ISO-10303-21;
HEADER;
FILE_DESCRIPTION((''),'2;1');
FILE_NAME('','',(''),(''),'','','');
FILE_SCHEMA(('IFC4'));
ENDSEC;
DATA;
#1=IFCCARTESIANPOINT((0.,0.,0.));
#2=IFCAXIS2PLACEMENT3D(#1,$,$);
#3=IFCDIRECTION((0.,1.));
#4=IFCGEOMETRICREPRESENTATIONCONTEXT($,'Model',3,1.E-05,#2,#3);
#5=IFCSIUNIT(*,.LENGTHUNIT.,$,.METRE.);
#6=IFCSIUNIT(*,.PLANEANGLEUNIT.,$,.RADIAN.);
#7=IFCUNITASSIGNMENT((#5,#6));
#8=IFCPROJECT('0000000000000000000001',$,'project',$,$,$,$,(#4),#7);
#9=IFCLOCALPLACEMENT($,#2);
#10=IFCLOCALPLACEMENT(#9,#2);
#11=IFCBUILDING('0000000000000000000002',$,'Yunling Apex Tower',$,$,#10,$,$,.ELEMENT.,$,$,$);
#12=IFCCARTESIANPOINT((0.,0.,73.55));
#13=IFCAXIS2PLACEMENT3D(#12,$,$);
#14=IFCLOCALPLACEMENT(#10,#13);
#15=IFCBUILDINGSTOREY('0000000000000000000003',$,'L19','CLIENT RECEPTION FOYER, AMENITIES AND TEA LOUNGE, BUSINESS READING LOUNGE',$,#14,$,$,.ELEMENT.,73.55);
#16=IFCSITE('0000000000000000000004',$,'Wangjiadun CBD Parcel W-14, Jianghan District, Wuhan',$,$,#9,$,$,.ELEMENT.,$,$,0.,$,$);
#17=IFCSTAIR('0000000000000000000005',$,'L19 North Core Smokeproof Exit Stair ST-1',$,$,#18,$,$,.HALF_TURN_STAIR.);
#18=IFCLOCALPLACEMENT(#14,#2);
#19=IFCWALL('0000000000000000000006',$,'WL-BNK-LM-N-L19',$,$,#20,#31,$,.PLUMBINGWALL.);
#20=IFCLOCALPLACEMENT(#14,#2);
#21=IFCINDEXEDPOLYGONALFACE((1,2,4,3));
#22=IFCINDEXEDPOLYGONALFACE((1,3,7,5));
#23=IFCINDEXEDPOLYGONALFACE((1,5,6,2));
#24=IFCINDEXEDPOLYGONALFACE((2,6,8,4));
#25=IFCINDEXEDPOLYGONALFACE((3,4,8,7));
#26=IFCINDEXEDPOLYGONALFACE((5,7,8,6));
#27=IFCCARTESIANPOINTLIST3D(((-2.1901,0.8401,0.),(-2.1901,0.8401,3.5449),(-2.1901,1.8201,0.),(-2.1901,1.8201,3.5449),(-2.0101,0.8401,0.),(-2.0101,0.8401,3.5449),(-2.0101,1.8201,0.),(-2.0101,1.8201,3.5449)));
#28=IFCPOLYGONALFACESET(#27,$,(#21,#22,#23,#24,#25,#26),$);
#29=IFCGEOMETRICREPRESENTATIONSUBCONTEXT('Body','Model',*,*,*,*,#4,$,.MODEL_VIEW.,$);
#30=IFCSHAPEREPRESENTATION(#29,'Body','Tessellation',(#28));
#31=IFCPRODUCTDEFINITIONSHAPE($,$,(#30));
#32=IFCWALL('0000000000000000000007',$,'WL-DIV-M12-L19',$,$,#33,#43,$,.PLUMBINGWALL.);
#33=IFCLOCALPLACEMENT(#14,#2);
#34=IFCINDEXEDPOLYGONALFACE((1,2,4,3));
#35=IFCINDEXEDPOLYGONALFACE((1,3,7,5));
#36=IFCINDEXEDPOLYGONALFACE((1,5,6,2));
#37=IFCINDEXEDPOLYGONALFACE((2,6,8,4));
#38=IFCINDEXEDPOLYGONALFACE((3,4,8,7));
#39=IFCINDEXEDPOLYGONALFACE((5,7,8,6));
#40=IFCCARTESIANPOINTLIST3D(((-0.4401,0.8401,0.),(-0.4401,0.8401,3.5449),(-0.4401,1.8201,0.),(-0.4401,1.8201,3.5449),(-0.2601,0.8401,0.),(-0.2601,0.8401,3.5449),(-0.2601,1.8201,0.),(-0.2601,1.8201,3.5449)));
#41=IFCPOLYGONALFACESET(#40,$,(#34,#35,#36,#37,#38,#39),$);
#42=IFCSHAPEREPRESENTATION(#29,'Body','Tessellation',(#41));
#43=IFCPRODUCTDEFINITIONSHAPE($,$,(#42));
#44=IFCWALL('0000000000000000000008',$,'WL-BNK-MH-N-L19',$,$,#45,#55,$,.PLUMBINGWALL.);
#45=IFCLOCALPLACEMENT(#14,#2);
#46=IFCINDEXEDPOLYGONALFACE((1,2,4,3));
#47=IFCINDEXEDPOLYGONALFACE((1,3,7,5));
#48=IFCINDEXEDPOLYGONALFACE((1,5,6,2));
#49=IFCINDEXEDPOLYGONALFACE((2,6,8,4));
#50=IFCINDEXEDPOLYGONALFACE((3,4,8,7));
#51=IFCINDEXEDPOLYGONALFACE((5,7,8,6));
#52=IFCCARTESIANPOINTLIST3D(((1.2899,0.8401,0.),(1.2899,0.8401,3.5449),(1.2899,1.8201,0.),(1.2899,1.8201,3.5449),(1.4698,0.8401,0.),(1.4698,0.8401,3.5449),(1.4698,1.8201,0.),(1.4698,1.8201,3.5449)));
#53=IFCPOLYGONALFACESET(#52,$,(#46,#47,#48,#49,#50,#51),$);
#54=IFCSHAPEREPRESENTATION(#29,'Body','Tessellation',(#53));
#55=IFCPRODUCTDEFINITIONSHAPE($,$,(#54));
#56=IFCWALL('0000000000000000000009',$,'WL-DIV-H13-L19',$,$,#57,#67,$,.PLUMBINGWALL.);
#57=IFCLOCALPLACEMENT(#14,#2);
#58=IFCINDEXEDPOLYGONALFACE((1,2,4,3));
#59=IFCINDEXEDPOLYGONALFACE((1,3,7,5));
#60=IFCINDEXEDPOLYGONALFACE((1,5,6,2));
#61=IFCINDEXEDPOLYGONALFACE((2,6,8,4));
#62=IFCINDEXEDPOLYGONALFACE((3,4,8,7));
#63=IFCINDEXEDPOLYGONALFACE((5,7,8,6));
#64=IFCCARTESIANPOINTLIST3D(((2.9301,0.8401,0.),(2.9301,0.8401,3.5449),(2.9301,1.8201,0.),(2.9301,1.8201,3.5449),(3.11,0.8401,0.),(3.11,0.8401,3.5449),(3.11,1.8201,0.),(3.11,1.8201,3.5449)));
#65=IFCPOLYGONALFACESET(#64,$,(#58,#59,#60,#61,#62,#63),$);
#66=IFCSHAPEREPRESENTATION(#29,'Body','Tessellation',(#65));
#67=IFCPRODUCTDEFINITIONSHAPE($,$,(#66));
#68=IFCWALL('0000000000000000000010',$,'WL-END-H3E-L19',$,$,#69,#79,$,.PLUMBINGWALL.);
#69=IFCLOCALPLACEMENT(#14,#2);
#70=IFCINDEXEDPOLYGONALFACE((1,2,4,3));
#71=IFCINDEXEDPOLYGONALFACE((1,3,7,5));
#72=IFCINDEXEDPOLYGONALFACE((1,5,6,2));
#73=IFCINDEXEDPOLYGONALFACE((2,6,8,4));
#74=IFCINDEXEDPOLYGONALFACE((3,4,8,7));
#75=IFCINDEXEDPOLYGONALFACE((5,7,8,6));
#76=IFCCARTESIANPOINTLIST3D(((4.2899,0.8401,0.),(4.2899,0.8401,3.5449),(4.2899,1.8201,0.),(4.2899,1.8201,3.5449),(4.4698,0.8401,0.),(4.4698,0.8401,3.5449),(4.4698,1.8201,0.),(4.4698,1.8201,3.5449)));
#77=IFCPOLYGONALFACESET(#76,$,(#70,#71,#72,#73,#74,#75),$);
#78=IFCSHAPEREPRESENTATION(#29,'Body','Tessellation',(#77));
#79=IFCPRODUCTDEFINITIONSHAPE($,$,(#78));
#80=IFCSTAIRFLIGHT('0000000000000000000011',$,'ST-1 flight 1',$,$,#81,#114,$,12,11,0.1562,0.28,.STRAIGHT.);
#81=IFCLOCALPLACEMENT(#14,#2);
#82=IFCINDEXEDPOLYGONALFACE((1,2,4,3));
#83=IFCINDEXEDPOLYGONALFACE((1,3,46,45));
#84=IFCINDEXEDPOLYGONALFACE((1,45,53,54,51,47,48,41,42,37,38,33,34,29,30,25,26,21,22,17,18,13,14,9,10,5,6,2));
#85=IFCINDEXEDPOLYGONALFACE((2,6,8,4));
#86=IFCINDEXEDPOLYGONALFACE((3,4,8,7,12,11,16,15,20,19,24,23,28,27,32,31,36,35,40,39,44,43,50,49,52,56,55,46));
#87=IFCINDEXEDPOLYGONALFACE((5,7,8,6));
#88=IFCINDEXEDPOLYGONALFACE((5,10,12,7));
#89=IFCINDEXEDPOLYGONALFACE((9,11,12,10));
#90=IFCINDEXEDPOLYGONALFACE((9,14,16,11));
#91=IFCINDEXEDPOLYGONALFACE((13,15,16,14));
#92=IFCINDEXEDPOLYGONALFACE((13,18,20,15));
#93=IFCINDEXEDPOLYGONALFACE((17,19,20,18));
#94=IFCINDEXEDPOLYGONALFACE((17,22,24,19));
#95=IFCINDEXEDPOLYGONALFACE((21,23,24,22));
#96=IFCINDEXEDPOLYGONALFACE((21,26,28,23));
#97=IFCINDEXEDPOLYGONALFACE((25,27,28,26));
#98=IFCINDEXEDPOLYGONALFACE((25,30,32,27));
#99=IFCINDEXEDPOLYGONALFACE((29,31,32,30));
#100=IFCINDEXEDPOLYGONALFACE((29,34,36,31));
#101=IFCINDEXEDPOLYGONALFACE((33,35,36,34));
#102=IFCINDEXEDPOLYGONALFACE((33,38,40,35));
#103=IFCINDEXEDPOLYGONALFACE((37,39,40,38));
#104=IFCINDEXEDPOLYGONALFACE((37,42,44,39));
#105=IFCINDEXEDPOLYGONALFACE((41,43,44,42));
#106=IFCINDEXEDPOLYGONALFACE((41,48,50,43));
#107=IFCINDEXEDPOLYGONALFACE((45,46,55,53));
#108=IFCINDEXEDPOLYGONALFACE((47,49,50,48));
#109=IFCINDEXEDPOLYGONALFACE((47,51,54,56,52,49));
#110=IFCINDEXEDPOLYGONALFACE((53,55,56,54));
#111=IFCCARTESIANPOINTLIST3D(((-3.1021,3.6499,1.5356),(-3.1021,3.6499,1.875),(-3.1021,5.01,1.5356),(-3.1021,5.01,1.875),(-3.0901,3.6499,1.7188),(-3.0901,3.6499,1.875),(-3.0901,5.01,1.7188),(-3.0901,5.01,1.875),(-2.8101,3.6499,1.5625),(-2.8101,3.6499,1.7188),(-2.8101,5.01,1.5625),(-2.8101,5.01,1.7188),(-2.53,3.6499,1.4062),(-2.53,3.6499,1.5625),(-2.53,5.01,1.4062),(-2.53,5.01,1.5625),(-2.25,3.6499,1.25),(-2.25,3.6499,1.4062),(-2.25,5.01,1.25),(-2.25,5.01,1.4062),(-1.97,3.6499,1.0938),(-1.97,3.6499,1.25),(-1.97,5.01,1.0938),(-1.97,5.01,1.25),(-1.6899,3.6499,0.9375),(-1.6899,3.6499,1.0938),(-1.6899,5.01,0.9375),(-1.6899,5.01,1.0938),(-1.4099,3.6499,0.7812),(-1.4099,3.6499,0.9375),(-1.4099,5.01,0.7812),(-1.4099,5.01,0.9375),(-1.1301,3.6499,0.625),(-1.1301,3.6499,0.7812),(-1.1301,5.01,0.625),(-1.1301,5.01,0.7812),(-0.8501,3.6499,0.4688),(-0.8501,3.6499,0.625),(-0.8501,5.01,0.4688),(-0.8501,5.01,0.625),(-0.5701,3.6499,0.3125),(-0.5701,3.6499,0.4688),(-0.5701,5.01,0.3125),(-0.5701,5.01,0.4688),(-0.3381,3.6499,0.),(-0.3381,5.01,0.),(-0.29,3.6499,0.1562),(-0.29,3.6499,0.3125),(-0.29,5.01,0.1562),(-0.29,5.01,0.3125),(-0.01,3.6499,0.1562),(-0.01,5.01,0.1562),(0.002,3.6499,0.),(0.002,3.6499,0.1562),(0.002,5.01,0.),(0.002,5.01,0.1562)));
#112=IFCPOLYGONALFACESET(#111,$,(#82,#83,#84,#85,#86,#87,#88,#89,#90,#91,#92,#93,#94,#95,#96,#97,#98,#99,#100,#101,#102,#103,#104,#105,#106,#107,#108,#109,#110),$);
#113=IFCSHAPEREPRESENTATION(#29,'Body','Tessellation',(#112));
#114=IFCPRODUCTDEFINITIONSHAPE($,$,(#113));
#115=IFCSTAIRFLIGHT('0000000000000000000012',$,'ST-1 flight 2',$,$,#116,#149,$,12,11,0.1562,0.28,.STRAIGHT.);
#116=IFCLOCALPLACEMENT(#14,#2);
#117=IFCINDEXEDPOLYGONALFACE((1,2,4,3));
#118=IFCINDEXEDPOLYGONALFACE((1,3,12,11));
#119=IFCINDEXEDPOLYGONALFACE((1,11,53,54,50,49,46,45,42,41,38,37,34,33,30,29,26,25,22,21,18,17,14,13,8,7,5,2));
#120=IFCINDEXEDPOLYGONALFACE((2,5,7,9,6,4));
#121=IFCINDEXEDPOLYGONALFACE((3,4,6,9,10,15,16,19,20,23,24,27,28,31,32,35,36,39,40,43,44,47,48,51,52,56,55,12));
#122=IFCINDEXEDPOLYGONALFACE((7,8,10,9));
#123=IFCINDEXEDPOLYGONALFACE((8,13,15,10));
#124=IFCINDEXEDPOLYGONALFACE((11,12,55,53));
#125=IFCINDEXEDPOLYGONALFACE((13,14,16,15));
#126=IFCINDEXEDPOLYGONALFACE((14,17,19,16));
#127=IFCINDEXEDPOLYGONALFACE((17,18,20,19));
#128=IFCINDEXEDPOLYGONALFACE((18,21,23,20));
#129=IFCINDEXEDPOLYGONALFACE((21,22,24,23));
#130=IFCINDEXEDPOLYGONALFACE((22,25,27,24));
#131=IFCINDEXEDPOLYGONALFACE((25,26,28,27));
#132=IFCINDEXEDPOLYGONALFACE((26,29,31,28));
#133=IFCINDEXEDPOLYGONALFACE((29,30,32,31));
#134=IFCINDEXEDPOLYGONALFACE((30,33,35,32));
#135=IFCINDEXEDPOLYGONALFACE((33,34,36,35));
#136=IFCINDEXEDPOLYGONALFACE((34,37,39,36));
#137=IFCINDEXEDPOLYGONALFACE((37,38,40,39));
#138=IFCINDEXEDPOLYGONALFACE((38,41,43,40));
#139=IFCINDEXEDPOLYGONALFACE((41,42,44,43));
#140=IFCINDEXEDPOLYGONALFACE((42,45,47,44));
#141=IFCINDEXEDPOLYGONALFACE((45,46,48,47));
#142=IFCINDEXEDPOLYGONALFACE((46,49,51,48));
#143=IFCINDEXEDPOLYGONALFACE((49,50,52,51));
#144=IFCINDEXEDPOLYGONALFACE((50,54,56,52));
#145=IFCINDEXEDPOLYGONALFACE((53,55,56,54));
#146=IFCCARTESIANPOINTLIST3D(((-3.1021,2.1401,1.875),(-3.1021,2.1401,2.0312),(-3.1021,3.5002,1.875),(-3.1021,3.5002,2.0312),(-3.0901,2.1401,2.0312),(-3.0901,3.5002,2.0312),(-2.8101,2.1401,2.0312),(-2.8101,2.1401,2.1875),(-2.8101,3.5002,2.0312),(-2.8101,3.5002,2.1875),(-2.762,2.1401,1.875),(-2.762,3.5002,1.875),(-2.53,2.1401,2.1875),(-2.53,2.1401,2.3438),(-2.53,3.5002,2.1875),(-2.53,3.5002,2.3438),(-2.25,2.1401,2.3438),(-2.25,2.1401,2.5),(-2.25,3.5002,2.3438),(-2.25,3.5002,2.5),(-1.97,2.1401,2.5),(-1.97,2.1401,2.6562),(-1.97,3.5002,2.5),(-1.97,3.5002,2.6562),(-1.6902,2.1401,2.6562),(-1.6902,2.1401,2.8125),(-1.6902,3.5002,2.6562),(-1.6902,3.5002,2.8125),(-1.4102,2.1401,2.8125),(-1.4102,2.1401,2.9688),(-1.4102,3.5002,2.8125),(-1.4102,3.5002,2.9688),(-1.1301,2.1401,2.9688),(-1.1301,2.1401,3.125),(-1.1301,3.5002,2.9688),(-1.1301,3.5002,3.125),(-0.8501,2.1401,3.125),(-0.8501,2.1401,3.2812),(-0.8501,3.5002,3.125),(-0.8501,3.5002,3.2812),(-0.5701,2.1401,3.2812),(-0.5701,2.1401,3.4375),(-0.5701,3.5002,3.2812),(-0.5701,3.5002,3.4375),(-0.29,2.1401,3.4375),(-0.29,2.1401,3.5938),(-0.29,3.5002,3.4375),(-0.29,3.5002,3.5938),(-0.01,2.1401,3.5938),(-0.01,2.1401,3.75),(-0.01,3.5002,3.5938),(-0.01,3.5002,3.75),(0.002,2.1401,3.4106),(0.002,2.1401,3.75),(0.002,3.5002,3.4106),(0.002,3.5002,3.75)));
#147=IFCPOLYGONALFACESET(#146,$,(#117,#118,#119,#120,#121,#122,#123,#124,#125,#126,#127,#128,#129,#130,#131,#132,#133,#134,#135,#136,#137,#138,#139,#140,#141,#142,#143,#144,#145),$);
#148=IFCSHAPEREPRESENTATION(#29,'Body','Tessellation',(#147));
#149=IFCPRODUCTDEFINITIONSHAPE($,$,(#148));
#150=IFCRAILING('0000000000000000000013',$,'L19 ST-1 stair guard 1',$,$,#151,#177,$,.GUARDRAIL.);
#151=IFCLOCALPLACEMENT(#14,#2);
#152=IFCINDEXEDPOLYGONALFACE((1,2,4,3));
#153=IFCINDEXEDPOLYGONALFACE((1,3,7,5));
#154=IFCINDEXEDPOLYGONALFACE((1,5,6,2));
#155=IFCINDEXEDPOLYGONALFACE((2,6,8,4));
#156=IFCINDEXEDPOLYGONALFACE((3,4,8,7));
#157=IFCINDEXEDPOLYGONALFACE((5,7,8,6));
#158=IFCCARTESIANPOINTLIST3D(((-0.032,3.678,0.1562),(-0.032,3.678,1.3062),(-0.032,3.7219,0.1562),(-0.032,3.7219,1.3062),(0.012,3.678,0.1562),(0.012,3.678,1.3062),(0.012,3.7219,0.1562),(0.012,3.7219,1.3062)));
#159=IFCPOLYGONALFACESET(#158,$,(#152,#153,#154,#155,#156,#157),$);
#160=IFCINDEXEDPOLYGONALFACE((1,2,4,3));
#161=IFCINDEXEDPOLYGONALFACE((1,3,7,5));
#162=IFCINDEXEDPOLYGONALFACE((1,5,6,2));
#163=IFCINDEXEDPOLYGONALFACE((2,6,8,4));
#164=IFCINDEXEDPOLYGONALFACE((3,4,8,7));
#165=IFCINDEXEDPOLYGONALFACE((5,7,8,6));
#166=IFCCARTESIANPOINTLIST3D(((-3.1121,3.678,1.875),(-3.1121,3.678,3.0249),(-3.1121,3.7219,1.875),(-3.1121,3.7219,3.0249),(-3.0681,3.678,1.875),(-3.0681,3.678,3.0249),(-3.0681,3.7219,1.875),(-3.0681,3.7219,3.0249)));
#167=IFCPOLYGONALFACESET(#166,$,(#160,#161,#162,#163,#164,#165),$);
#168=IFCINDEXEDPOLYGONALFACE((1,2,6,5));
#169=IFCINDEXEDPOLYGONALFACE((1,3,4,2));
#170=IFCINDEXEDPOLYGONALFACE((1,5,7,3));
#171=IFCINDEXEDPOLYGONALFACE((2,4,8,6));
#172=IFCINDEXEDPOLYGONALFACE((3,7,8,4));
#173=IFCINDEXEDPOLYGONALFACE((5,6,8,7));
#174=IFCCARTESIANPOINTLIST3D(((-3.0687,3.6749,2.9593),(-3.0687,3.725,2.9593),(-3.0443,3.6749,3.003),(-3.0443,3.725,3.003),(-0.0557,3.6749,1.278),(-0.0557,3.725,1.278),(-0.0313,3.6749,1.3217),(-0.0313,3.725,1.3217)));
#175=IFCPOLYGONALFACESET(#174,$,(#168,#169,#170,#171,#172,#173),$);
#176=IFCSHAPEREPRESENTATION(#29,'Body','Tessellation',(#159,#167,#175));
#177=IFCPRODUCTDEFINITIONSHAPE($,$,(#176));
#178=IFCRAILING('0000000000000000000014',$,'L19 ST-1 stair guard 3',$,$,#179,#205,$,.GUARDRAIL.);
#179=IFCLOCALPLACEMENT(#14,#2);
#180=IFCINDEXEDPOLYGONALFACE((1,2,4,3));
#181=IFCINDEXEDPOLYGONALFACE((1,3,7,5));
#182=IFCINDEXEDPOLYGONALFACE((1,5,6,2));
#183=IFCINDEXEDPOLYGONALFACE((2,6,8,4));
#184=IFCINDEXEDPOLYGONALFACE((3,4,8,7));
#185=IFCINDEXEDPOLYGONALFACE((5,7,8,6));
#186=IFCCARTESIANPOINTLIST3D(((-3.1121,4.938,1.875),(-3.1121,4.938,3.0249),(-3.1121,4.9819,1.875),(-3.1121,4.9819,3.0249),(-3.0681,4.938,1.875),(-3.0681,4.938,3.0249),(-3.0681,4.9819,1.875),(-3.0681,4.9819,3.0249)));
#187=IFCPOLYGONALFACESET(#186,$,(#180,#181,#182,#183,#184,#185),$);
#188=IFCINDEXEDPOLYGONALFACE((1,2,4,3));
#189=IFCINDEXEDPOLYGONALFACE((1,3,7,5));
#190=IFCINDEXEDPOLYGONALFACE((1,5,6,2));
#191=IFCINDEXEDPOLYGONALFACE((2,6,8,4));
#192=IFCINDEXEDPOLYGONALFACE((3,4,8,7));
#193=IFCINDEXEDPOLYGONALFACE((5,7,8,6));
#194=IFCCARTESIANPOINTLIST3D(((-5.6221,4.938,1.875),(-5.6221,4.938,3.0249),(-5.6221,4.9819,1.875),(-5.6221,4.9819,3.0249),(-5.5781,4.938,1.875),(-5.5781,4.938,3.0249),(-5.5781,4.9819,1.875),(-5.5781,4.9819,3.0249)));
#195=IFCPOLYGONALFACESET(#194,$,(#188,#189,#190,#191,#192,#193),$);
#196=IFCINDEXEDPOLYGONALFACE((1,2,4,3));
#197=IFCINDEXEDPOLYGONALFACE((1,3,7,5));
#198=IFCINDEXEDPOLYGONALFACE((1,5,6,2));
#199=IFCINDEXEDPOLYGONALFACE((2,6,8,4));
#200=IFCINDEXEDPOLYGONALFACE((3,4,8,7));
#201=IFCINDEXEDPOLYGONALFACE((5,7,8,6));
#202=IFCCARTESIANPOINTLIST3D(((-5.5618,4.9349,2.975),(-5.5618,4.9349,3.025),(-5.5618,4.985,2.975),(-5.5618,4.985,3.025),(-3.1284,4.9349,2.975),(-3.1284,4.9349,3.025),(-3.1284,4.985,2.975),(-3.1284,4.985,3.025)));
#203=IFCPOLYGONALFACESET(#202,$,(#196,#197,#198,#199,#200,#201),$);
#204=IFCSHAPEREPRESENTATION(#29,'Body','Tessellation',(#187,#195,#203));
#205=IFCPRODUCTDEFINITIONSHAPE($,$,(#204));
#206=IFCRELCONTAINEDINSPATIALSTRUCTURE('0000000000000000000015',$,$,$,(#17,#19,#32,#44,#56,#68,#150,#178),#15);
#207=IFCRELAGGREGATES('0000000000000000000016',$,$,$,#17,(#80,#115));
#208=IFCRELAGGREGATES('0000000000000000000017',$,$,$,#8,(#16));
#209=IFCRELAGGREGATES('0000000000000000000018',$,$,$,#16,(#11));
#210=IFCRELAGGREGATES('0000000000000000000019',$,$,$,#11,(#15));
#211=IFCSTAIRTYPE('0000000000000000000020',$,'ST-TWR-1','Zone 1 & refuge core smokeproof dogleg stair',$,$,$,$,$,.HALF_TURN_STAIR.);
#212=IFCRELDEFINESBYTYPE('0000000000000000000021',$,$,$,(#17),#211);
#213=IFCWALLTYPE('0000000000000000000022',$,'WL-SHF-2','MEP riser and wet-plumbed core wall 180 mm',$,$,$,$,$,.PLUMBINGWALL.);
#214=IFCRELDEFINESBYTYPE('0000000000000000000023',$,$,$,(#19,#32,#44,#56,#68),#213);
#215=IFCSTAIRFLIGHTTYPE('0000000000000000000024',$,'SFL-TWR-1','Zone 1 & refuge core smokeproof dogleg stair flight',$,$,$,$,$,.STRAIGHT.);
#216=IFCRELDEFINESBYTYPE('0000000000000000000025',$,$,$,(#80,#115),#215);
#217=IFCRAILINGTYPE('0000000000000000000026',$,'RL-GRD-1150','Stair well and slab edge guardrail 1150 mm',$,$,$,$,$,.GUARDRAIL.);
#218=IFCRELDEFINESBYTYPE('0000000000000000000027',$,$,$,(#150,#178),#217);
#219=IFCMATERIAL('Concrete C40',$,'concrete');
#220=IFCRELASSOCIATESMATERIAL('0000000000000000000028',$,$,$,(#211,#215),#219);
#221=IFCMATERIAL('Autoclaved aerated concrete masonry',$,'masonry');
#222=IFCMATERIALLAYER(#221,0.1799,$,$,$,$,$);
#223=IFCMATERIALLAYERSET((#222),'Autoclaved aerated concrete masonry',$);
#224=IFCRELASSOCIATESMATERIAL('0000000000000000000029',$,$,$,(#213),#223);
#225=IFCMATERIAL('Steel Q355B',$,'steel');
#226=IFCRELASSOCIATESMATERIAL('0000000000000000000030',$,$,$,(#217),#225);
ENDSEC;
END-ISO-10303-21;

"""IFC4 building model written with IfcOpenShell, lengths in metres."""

from ifc_helpers import new_model, si_unit, direction, frame, frame_2d, origin, origin_2d, place, context, subcontext, project, spatial, polyline, rectangle, outline, extrude, material, layer, layer_set, type_object, element, aggregate, save


model = new_model("IFC4")

# Units and contexts
model_context = context("Model", 3, precision=1e-05, world=origin(), true_north=direction((0.0, 1.0)))
body_context = subcontext(model_context, "Body", "Model", "MODEL_VIEW")
ifc_project = project(units=[si_unit("LENGTHUNIT", "METRE"), si_unit("PLANEANGLEUNIT", "RADIAN")], contexts=[model_context])

# Site, building, storey
site_placement = place(None, origin())
site = spatial("IfcSite", under=ifc_project, at=site_placement, Name="Wangjiadun CBD Parcel W-14, Jianghan District, Wuhan", CompositionType="ELEMENT", RefElevation=0.0)
building_placement = place(site_placement, origin())
building = spatial("IfcBuilding", under=site, at=building_placement, Name="Yunling Apex Tower", CompositionType="ELEMENT")
storey_placement = place(building_placement, frame((0.0, 0.0, 73.55)))
storey = spatial("IfcBuildingStorey", under=building, at=storey_placement, Name="L19", Description="CLIENT RECEPTION FOYER, AMENITIES AND TEA LOUNGE, BUSINESS READING LOUNGE", CompositionType="ELEMENT", Elevation=73.55)

# Shared definitions
ifc_material_1 = material(Name="Concrete C40", Category="concrete")

# Stair
stair_type = type_object("IfcStairType", Name="ST-TWR-1", Description="Zone 1 & refuge core smokeproof dogleg stair", PredefinedType="HALF_TURN_STAIR", material=ifc_material_1)
stair_1_placement = place(storey_placement, origin())
stair_1 = element("IfcStair", 1, at=stair_1_placement, inside=storey, type_object=stair_type, Name="L19 North Core Smokeproof Exit Stair ST-1", PredefinedType="HALF_TURN_STAIR")

# Shared definitions
ifc_material_2 = material(Name="Autoclaved aerated concrete masonry", Category="masonry")
ifc_material_3 = material(Name="Steel Q355B", Category="steel")

# Walls
ifc_layer_1 = layer(ifc_material_2, 0.1799)
ifc_layer_set_1 = layer_set([ifc_layer_1], Name="Autoclaved aerated concrete masonry")
wall_type_1 = type_object("IfcWallType", Name="WL-SHF-2", Description="MEP riser and wet-plumbed core wall 180 mm", PredefinedType="PLUMBINGWALL", material=ifc_layer_set_1)
for number, where, z_axis, x_axis, name in (
    (2, (-2.1001, 0.8401, 0.0), (0.0, 0.0, 1.0), (0.0, 1.0, 0.0), "WL-BNK-LM-N-L19"),
    (3, (-0.3501, 0.8401, 0.0), (0.0, 0.0, 1.0), (0.0, 1.0, 0.0), "WL-DIV-M12-L19"),
    (4, (1.3799, 0.8401, 0.0), (0.0, 0.0, 1.0), (0.0, 1.0, 0.0), "WL-BNK-MH-N-L19"),
    (5, (3.02, 0.8401, 0.0), (0.0, 0.0, 1.0), (0.0, 1.0, 0.0), "WL-DIV-H13-L19"),
    (6, (4.3799, 0.8401, 0.0), (0.0, 0.0, 1.0), (0.0, 1.0, 0.0), "WL-END-H3E-L19"),
):
    element("IfcWall", number, at=place(storey_placement, frame(where, z_axis=z_axis, x_axis=x_axis)), inside=storey, type_object=wall_type_1, Name=name, PredefinedType="PLUMBINGWALL", context=body_context, shape_type="SweptSolid", body=[
        extrude(rectangle(XDim=0.98, YDim=0.1799, at=frame_2d((0.49, 0.0))), origin(), (0.0, 0.0, 1.0), 3.5449),
    ])

# Stair flights
stair_flight_type = type_object("IfcStairFlightType", Name="SFL-TWR-1", Description="Zone 1 & refuge core smokeproof dogleg stair flight", PredefinedType="STRAIGHT", material=ifc_material_1)
stair_flight_1_placement = place(storey_placement, frame((-0.01, 4.3301, 0.0), z_axis=(0.0, 0.0, 1.0), x_axis=(-1.0, 0.0, 0.0)))
stair_flight_1 = element("IfcStairFlight", 7, at=stair_flight_1_placement, type_object=stair_flight_type, Name="ST-1 flight 1", NumberOfRisers=12, NumberOfTreads=11, PredefinedType="STRAIGHT", RiserHeight=0.1562, TreadLength=0.28, context=body_context, shape_type="SweptSolid", body=[
    extrude(outline(polyline([(-0.012, 0.0), (-0.012, 0.1562), (0.0, 0.1562), (0.28, 0.1562), (0.28, 0.3125), (0.5601, 0.3125), (0.5601, 0.4688), (0.8401, 0.4688), (0.8401, 0.625), (1.1201, 0.625), (1.1201, 0.7812), (1.3999, 0.7812), (1.3999, 0.9375), (1.6799, 0.9375), (1.6799, 1.0938), (1.96, 1.0938), (1.96, 1.25), (2.24, 1.25), (2.24, 1.4062), (2.52, 1.4062), (2.52, 1.5625), (2.8, 1.5625), (2.8, 1.7188), (3.0801, 1.7188), (3.0801, 1.875), (3.092, 1.875), (3.092, 1.5356), (0.3281, 0.0), (-0.012, 0.0)])), frame((0.0, 0.6802, 0.0), z_axis=(0.0, -1.0, 0.0), x_axis=(1.0, 0.0, 0.0)), (0.0, 0.0, 1.0), 1.3601),
])
stair_flight_2_placement = place(storey_placement, frame((-3.0901, 2.8201, 1.875), z_axis=(0.0, 0.0, 1.0), x_axis=(1.0, 0.0, 0.0)))
stair_flight_2 = element("IfcStairFlight", 8, at=stair_flight_2_placement, type_object=stair_flight_type, Name="ST-1 flight 2", NumberOfRisers=12, NumberOfTreads=11, PredefinedType="STRAIGHT", RiserHeight=0.1562, TreadLength=0.28, context=body_context, shape_type="SweptSolid", body=[
    extrude(outline(polyline([(-0.012, 0.0), (-0.012, 0.1562), (0.0, 0.1562), (0.28, 0.1562), (0.28, 0.3125), (0.5601, 0.3125), (0.5601, 0.4688), (0.8401, 0.4688), (0.8401, 0.625), (1.1201, 0.625), (1.1201, 0.7812), (1.3999, 0.7812), (1.3999, 0.9375), (1.6799, 0.9375), (1.6799, 1.0938), (1.96, 1.0938), (1.96, 1.25), (2.24, 1.25), (2.24, 1.4062), (2.52, 1.4062), (2.52, 1.5625), (2.8, 1.5625), (2.8, 1.7188), (3.0801, 1.7188), (3.0801, 1.875), (3.092, 1.875), (3.092, 1.5356), (0.3281, 0.0), (-0.012, 0.0)])), frame((0.0, 0.6802, 0.0), z_axis=(0.0, -1.0, 0.0), x_axis=(1.0, 0.0, 0.0)), (0.0, 0.0, 1.0), 1.3601),
])
aggregate(stair_1, [stair_flight_1, stair_flight_2])

# Railings
railing_type_1 = type_object("IfcRailingType", Name="RL-GRD-1150", Description="Stair well and slab edge guardrail 1150 mm", PredefinedType="GUARDRAIL", material=ifc_material_3)
railing_1_placement = place(storey_placement, frame((-0.01, 3.7, 0.1562)))
element("IfcRailing", 9, at=railing_1_placement, inside=storey, type_object=railing_type_1, Name="L19 ST-1 stair guard 1", PredefinedType="GUARDRAIL", context=body_context, shape_type="SweptSolid", body=[
    extrude(rectangle(XDim=0.0439, YDim=0.0439, at=origin_2d()), origin(), (0.0, 0.0, 1.0), 1.1499),
    extrude(rectangle(XDim=0.0439, YDim=0.0439, at=origin_2d()), frame((-3.0801, 0.0, 1.7188)), (0.0, 0.0, 1.0), 1.1499),
    extrude(rectangle(XDim=0.05, YDim=0.05, at=origin_2d()), frame((-0.0334, 0.0, 1.1436), z_axis=(-0.873242, 0.0, 0.487288), x_axis=(0.0, -1.0, 0.0)), (0.0, 0.0, 1.0), 3.4504),
])
railing_2_placement = place(storey_placement, frame((-3.0901, 4.96, 1.875)))
element("IfcRailing", 10, at=railing_2_placement, inside=storey, type_object=railing_type_1, Name="L19 ST-1 stair guard 3", PredefinedType="GUARDRAIL", context=body_context, shape_type="SweptSolid", body=[
    extrude(rectangle(XDim=0.0439, YDim=0.0439, at=origin_2d()), origin(), (0.0, 0.0, 1.0), 1.1499),
    extrude(rectangle(XDim=0.0439, YDim=0.0439, at=origin_2d()), frame((-2.51, 0.0, 0.0)), (0.0, 0.0, 1.0), 1.1499),
    extrude(rectangle(XDim=0.05, YDim=0.05, at=origin_2d()), frame((-0.0383, 0.0, 1.125), z_axis=(-1.0, 0.0, 0.0), x_axis=(0.0, -1.0, 0.0)), (0.0, 0.0, 1.0), 2.4333),
])

save(model, "model.ifc")
